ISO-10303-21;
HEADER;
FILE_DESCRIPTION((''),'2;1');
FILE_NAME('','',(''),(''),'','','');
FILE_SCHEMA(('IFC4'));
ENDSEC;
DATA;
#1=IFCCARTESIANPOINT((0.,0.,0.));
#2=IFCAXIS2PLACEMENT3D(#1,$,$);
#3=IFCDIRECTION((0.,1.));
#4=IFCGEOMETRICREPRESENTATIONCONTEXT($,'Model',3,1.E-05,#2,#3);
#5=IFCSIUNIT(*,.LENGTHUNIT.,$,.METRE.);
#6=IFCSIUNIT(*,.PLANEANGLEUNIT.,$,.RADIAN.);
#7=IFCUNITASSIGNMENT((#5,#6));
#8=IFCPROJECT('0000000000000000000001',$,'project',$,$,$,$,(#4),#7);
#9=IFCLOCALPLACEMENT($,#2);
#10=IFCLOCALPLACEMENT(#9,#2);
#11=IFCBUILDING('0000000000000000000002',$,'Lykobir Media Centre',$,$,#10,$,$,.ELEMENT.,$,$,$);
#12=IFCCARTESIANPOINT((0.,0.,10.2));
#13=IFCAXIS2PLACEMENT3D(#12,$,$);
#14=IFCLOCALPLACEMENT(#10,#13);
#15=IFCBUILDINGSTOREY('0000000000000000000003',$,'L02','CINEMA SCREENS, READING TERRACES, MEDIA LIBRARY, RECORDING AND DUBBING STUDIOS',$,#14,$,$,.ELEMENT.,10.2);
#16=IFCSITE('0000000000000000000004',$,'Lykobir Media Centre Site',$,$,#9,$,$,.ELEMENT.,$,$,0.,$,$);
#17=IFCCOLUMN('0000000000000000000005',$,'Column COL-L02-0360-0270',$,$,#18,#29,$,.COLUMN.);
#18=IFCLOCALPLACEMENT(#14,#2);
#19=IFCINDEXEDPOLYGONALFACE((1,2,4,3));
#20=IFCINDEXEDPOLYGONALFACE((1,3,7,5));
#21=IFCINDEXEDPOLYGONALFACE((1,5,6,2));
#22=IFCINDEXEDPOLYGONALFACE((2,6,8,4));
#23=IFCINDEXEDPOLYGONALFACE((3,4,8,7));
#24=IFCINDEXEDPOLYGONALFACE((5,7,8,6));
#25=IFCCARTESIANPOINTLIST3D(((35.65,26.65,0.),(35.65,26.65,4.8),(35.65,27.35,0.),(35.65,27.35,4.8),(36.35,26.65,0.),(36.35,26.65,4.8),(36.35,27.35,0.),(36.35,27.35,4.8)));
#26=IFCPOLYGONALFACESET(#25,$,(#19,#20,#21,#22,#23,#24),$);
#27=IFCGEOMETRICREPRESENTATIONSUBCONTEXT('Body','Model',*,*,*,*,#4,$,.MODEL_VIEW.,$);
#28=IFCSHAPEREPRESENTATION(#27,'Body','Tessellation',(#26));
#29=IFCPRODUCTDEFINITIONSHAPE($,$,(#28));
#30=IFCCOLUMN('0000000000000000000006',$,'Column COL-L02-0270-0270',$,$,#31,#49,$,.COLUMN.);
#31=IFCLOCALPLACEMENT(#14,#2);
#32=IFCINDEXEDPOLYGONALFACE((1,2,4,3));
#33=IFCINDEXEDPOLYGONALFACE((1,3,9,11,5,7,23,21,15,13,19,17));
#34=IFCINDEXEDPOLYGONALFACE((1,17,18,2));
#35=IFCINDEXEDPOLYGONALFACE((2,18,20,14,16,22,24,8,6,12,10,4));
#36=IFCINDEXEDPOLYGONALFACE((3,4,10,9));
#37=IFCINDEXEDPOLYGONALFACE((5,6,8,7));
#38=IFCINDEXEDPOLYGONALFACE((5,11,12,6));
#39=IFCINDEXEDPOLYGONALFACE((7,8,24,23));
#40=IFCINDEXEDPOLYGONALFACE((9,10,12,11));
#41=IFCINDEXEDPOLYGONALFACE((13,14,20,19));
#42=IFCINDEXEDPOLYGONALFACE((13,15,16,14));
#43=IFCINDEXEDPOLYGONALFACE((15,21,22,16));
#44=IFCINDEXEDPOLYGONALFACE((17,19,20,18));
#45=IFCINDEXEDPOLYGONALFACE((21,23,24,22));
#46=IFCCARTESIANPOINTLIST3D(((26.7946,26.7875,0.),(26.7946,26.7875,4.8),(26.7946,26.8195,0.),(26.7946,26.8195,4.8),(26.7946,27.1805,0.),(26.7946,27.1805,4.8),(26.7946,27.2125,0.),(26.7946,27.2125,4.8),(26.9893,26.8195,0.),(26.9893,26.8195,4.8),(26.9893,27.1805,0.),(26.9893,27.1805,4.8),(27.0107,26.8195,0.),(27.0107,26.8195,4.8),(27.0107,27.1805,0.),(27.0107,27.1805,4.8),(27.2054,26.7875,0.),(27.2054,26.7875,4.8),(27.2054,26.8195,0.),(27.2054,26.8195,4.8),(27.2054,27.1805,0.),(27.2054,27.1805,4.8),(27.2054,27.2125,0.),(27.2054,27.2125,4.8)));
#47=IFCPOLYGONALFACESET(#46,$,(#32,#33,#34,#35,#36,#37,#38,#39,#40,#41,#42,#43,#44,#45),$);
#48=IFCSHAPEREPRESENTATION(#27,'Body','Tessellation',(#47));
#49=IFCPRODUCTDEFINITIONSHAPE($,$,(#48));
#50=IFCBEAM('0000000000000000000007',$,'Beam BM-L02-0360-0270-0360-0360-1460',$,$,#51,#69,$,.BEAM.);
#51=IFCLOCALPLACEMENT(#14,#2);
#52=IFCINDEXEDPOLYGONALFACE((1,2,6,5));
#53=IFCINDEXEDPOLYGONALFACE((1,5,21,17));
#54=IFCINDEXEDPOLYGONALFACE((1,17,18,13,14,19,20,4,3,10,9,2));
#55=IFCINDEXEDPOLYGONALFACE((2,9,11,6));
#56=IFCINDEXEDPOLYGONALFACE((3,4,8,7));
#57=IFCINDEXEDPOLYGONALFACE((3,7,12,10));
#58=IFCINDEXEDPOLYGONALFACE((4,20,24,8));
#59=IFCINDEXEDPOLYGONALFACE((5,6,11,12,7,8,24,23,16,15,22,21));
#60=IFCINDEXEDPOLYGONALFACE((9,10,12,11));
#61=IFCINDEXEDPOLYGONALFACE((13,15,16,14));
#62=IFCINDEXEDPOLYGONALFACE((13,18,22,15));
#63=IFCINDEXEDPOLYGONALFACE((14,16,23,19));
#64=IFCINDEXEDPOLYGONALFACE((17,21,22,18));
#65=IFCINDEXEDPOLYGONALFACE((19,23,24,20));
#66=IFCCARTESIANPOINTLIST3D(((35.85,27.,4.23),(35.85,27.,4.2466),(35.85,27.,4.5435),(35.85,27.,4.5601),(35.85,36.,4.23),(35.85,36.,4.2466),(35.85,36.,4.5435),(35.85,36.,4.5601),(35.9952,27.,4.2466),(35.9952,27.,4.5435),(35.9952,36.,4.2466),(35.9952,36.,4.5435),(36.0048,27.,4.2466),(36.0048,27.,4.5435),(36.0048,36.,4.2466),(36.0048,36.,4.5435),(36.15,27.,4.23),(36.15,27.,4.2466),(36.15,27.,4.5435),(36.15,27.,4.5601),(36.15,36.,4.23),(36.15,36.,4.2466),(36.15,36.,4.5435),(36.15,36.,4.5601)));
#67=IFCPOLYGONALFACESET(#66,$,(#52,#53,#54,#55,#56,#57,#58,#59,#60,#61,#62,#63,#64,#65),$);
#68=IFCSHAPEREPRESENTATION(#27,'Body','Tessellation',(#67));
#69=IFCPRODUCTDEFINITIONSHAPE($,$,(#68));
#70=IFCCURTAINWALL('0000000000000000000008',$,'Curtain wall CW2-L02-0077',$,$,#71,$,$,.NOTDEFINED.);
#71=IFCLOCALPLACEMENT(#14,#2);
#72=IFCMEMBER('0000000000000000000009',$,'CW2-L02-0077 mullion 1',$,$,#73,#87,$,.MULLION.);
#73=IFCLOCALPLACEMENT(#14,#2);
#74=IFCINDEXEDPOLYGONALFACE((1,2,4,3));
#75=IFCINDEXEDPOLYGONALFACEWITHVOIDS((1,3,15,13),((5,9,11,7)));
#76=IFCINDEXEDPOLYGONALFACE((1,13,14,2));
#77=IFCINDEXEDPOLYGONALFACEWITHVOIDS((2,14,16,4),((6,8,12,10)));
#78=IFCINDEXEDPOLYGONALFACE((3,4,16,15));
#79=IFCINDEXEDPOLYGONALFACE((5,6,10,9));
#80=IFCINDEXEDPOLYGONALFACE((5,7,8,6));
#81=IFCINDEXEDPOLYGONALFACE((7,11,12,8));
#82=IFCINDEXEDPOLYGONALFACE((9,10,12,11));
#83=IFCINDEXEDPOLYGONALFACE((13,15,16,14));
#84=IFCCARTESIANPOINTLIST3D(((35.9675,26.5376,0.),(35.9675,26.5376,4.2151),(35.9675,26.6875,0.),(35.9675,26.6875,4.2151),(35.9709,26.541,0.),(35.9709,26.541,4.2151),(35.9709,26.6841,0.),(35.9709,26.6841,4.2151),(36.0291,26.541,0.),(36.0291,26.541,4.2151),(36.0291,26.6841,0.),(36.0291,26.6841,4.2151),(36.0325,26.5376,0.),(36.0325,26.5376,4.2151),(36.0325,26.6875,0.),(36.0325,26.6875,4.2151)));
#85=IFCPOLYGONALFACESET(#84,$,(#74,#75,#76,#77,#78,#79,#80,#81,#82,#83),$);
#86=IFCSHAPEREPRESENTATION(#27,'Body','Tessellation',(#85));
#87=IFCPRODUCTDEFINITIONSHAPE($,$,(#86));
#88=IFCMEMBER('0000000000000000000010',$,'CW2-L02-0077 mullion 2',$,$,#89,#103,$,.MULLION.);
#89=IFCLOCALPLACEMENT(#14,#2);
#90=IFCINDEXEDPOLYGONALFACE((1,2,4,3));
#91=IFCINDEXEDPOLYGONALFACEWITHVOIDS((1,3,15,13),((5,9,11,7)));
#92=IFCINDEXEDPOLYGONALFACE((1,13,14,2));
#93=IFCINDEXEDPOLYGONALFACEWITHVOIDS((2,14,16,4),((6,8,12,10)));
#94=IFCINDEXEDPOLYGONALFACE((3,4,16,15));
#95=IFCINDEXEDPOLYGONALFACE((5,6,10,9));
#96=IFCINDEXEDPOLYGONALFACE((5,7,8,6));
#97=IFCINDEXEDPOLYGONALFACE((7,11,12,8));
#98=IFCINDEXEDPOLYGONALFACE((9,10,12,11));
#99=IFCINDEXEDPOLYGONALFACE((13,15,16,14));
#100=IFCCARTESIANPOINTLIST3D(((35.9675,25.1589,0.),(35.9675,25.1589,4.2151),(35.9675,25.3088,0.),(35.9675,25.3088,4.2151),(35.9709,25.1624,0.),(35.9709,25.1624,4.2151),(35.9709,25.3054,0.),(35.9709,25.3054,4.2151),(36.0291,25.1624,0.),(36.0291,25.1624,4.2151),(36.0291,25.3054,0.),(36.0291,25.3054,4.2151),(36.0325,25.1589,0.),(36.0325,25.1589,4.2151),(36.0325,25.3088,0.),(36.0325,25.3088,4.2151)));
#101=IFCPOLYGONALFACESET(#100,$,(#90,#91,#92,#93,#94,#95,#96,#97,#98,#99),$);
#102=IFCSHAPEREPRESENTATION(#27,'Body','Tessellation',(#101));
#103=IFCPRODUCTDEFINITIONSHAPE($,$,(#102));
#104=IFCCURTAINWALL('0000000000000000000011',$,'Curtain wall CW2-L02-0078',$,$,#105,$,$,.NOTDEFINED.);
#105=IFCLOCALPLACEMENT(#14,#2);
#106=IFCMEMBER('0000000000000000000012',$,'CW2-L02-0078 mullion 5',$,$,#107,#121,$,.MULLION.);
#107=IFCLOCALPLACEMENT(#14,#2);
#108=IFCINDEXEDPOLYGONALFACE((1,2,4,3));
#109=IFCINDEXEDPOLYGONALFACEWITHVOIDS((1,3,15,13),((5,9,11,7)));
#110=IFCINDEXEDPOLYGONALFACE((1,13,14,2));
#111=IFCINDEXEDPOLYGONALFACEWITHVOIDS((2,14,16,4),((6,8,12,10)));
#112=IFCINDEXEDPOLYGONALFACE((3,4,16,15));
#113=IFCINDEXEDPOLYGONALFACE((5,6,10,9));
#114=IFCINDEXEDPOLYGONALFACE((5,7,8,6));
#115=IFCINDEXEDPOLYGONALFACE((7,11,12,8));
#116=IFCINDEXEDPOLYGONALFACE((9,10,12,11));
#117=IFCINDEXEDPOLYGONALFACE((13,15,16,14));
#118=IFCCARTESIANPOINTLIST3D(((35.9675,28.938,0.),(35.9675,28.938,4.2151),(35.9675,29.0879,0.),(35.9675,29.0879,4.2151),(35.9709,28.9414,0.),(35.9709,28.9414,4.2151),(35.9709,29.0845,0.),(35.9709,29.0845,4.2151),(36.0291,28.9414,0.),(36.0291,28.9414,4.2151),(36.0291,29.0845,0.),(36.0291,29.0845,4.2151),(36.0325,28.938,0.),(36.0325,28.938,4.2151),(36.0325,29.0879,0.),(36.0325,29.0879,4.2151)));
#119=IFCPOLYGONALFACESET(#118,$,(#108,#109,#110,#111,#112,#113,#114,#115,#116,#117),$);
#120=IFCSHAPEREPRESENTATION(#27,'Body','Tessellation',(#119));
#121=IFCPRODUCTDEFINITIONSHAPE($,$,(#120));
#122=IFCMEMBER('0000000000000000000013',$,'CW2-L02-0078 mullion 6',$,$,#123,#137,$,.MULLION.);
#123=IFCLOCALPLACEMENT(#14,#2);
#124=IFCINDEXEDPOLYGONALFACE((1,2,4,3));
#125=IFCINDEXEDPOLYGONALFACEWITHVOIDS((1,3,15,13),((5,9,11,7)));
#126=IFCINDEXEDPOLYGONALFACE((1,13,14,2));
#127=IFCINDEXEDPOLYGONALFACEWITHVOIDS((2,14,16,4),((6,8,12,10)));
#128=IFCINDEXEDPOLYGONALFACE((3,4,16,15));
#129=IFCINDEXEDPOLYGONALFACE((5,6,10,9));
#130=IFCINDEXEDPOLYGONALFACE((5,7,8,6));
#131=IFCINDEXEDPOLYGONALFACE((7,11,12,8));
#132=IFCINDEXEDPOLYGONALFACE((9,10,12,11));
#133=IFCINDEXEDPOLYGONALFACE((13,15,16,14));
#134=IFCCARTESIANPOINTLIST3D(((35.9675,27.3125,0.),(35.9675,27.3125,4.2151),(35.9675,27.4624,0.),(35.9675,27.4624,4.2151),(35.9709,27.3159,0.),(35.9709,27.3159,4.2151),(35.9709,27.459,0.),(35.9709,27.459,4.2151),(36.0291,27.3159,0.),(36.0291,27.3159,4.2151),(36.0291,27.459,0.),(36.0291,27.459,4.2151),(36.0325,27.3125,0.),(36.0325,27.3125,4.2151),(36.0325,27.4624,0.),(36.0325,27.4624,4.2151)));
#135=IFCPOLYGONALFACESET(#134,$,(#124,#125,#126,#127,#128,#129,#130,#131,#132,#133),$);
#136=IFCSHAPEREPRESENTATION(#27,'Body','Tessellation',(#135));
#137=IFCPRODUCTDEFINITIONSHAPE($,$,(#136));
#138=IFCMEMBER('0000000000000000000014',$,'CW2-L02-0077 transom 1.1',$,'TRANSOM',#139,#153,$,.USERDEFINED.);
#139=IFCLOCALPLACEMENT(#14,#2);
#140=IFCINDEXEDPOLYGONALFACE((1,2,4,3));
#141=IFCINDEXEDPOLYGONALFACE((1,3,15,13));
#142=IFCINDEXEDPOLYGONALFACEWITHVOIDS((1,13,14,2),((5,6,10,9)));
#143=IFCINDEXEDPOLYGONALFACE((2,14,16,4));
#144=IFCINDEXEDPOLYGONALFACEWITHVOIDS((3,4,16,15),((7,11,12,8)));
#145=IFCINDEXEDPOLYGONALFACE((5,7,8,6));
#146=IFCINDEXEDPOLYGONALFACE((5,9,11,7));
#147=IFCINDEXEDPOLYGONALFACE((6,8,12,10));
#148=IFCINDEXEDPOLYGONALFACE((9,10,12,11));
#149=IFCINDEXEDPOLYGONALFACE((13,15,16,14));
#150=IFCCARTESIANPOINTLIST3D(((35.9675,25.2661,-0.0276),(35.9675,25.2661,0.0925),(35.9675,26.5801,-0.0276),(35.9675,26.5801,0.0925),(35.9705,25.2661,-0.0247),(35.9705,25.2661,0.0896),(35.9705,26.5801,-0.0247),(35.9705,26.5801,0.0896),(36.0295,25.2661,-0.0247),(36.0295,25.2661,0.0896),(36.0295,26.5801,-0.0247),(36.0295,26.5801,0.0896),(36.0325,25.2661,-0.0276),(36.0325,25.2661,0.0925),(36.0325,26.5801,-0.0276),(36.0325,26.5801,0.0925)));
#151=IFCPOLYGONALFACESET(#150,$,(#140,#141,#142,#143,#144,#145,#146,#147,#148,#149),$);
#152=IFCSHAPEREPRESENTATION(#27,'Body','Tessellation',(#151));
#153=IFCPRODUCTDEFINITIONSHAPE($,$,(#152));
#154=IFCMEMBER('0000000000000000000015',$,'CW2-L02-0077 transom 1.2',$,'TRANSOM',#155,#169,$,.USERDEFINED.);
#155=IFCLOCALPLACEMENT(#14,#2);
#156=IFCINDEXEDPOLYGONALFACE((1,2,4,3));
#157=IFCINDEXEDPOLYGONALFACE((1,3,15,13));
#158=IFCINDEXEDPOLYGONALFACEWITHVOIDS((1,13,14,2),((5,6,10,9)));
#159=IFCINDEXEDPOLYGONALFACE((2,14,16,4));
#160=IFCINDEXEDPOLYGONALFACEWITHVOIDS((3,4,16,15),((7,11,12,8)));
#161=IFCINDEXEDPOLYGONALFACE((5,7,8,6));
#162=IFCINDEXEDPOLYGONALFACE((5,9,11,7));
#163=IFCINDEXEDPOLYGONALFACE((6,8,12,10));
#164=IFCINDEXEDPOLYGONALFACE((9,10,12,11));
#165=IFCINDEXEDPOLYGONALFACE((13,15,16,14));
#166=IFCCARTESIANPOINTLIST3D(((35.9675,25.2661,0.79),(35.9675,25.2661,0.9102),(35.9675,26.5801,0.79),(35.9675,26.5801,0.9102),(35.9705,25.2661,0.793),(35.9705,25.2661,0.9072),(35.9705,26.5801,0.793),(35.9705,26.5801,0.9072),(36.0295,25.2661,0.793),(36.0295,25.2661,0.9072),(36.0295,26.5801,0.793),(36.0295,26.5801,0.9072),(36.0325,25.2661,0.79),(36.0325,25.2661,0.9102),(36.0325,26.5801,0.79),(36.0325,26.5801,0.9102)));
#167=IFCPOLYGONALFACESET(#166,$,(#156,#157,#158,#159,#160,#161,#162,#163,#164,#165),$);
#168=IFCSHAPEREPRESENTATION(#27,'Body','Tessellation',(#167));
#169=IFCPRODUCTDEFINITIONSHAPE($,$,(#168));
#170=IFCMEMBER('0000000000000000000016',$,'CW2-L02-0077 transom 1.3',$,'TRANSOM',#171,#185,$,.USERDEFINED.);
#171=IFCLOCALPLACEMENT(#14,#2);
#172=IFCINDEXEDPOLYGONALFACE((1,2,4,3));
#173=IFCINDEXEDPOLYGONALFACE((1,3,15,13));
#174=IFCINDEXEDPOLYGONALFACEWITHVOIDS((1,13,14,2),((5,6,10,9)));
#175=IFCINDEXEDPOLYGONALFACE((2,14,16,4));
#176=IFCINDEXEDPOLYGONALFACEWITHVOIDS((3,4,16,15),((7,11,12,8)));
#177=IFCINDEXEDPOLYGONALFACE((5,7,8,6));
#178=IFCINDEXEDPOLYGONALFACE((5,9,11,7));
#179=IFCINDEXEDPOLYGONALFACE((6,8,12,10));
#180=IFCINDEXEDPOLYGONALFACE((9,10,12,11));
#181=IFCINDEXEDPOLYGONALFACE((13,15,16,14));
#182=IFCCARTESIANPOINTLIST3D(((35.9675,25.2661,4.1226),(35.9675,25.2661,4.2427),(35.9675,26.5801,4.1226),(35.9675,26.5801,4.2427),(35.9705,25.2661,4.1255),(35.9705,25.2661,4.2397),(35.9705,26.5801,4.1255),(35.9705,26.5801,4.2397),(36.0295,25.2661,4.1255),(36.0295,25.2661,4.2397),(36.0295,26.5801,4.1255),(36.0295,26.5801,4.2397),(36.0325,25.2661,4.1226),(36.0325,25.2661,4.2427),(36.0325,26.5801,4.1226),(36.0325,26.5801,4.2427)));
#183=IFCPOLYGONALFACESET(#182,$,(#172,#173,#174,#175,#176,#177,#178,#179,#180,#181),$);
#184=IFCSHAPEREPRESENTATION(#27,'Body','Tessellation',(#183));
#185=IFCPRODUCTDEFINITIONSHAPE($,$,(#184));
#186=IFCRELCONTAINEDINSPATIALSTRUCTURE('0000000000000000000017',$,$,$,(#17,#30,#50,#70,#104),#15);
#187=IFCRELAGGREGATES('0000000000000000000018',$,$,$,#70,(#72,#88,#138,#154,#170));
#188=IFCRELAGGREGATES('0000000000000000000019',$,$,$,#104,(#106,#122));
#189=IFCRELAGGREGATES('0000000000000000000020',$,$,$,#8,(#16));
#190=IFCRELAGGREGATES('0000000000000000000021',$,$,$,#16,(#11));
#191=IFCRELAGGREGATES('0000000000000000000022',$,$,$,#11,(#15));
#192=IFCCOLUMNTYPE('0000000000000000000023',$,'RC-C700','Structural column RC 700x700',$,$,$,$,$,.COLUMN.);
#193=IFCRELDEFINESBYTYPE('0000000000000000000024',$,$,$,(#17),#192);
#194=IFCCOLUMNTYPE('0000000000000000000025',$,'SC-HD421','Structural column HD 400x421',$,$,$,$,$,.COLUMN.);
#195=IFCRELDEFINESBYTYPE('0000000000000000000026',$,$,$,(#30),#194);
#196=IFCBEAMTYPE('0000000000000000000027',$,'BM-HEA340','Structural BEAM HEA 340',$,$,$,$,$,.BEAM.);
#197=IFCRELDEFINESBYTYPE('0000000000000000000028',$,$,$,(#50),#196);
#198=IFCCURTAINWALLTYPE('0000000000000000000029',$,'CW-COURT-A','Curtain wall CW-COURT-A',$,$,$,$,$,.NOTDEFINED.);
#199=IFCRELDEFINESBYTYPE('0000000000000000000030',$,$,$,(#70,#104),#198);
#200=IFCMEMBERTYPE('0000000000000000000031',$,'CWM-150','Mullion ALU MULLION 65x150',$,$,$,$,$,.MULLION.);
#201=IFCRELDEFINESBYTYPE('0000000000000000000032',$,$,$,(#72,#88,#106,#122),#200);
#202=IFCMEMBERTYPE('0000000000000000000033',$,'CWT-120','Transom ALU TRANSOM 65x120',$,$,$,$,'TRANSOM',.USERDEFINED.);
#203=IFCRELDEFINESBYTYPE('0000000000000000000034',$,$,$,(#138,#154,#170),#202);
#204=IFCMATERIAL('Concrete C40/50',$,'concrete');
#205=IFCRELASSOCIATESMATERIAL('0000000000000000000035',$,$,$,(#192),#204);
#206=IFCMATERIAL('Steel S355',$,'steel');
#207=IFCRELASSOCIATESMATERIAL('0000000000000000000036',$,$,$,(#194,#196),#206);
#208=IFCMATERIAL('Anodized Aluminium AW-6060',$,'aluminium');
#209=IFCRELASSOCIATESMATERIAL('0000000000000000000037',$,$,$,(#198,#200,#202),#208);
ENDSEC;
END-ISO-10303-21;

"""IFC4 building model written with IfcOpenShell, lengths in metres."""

from ifc_helpers import new_model, si_unit, direction, frame, origin, origin_2d, place, context, subcontext, project, spatial, rectangle, hollow_rectangle, i_section, extrude, material, material_profile, profile_set, type_object, element, aggregate, save


model = new_model("IFC4")

# Units and contexts
model_context = context("Model", 3, precision=1e-05, world=origin(), true_north=direction((0.0, 1.0)))
body_context = subcontext(model_context, "Body", "Model", "MODEL_VIEW")
ifc_project = project(units=[si_unit("LENGTHUNIT", "METRE"), si_unit("PLANEANGLEUNIT", "RADIAN")], contexts=[model_context])

# Site, building, storey
site_placement = place(None, origin())
site = spatial("IfcSite", under=ifc_project, at=site_placement, Name="Lykobir Media Centre Site", CompositionType="ELEMENT", RefElevation=0.0)
building_placement = place(site_placement, origin())
building = spatial("IfcBuilding", under=site, at=building_placement, Name="Lykobir Media Centre", CompositionType="ELEMENT")
storey_placement = place(building_placement, frame((0.0, 0.0, 10.2)))
storey = spatial("IfcBuildingStorey", under=building, at=storey_placement, Name="L02", Description="CINEMA SCREENS, READING TERRACES, MEDIA LIBRARY, RECORDING AND DUBBING STUDIOS", CompositionType="ELEMENT", Elevation=10.2)

# Columns
ifc_material_1 = material(Name="Concrete C40/50", Category="concrete")
ifc_material_profile_1 = material_profile(ifc_material_1, rectangle(XDim=0.7, YDim=0.7, at=origin_2d()), Name="RC 700x700")
ifc_profile_set_1 = profile_set([ifc_material_profile_1], Name="Concrete C40/50")
column_type_1 = type_object("IfcColumnType", Name="RC-C700", Description="Structural column RC 700x700", PredefinedType="COLUMN", material=ifc_profile_set_1)
column_1_placement = place(storey_placement, frame((36.0, 27.0, 0.0), z_axis=(0.0, 0.0, 1.0), x_axis=(1.0, 0.0, 0.0)))
element("IfcColumn", 1, at=column_1_placement, inside=storey, type_object=column_type_1, Name="Column COL-L02-0360-0270", PredefinedType="COLUMN", context=body_context, shape_type="SweptSolid", body=[
    extrude(rectangle(XDim=0.7, YDim=0.7, at=origin_2d()), origin(), (0.0, 0.0, 1.0), 4.8),
])
ifc_material_2 = material(Name="Steel S355", Category="steel")
ifc_material_profile_2 = material_profile(ifc_material_2, i_section(OverallWidth=0.4109, OverallDepth=0.425, WebThickness=0.0215, FlangeThickness=0.032, at=origin_2d()), Name="HD 400x421")
ifc_profile_set_2 = profile_set([ifc_material_profile_2], Name="Steel S355")
column_type_2 = type_object("IfcColumnType", Name="SC-HD421", Description="Structural column HD 400x421", PredefinedType="COLUMN", material=ifc_profile_set_2)
column_2_placement = place(storey_placement, frame((27.0, 27.0, 0.0), z_axis=(0.0, 0.0, 1.0), x_axis=(1.0, 0.0, 0.0)))
element("IfcColumn", 2, at=column_2_placement, inside=storey, type_object=column_type_2, Name="Column COL-L02-0270-0270", PredefinedType="COLUMN", context=body_context, shape_type="SweptSolid", body=[
    extrude(i_section(OverallWidth=0.4109, OverallDepth=0.425, WebThickness=0.0215, FlangeThickness=0.032, at=origin_2d()), origin(), (0.0, 0.0, 1.0), 4.8),
])

# Beam
ifc_material_profile_3 = material_profile(ifc_material_2, i_section(OverallWidth=0.3, OverallDepth=0.3301, WebThickness=0.0095, FlangeThickness=0.0166, at=origin_2d()), Name="HEA 340")
ifc_profile_set_3 = profile_set([ifc_material_profile_3], Name="Steel S355")
beam_type_1 = type_object("IfcBeamType", Name="BM-HEA340", Description="Structural BEAM HEA 340", PredefinedType="BEAM", material=ifc_profile_set_3)
beam_placement = place(storey_placement, frame((36.0, 27.0, 4.395), z_axis=(0.0, 1.0, 0.0), x_axis=(-1.0, 0.0, 0.0)))
element("IfcBeam", 3, at=beam_placement, inside=storey, type_object=beam_type_1, Name="Beam BM-L02-0360-0270-0360-0360-1460", PredefinedType="BEAM", context=body_context, shape_type="SweptSolid", body=[
    extrude(i_section(OverallWidth=0.3, OverallDepth=0.3301, WebThickness=0.0095, FlangeThickness=0.0166, at=origin_2d()), origin(), (0.0, 0.0, 1.0), 9.0),
])

# Curtain walls, members
ifc_material_3 = material(Name="Anodized Aluminium AW-6060", Category="aluminium")
curtain_wall_type = type_object("IfcCurtainWallType", Name="CW-COURT-A", Description="Curtain wall CW-COURT-A", PredefinedType="NOTDEFINED", material=ifc_material_3)
curtain_wall_1_placement = place(storey_placement, origin())
curtain_wall_1 = element("IfcCurtainWall", 4, at=curtain_wall_1_placement, inside=storey, type_object=curtain_wall_type, Name="Curtain wall CW2-L02-0077", PredefinedType="NOTDEFINED")
ifc_material_profile_4 = material_profile(ifc_material_3, hollow_rectangle(XDim=0.0649, YDim=0.1499, WallThickness=0.0034, at=origin_2d()), Name="ALU MULLION 65x150")
ifc_profile_set_4 = profile_set([ifc_material_profile_4], Name="Anodized Aluminium AW-6060")
member_type_1 = type_object("IfcMemberType", Name="CWM-150", Description="Mullion ALU MULLION 65x150", PredefinedType="MULLION", material=ifc_profile_set_4)
member_1_placement = place(storey_placement, frame((36.0, 26.6125, 0.0), z_axis=(0.0, 0.0, 1.0), x_axis=(1.0, 0.0, 0.0)))
member_1 = element("IfcMember", 5, at=member_1_placement, type_object=member_type_1, Name="CW2-L02-0077 mullion 1", PredefinedType="MULLION", context=body_context, shape_type="SweptSolid", body=[
    extrude(hollow_rectangle(XDim=0.0649, YDim=0.1499, WallThickness=0.0034, at=origin_2d()), origin(), (0.0, 0.0, 1.0), 4.2151),
])
member_2_placement = place(storey_placement, frame((36.0, 25.2339, 0.0), z_axis=(0.0, 0.0, 1.0), x_axis=(1.0, 0.0, 0.0)))
member_2 = element("IfcMember", 6, at=member_2_placement, type_object=member_type_1, Name="CW2-L02-0077 mullion 2", PredefinedType="MULLION", context=body_context, shape_type="SweptSolid", body=[
    extrude(hollow_rectangle(XDim=0.0649, YDim=0.1499, WallThickness=0.0034, at=origin_2d()), origin(), (0.0, 0.0, 1.0), 4.2151),
])
curtain_wall_2_placement = place(storey_placement, origin())
curtain_wall_2 = element("IfcCurtainWall", 7, at=curtain_wall_2_placement, inside=storey, type_object=curtain_wall_type, Name="Curtain wall CW2-L02-0078", PredefinedType="NOTDEFINED")
member_3_placement = place(storey_placement, frame((36.0, 29.0129, 0.0), z_axis=(0.0, 0.0, 1.0), x_axis=(1.0, 0.0, 0.0)))
member_3 = element("IfcMember", 8, at=member_3_placement, type_object=member_type_1, Name="CW2-L02-0078 mullion 5", PredefinedType="MULLION", context=body_context, shape_type="SweptSolid", body=[
    extrude(hollow_rectangle(XDim=0.0649, YDim=0.1499, WallThickness=0.0034, at=origin_2d()), origin(), (0.0, 0.0, 1.0), 4.2151),
])
member_4_placement = place(storey_placement, frame((36.0, 27.3875, 0.0), z_axis=(0.0, 0.0, 1.0), x_axis=(1.0, 0.0, 0.0)))
member_4 = element("IfcMember", 9, at=member_4_placement, type_object=member_type_1, Name="CW2-L02-0078 mullion 6", PredefinedType="MULLION", context=body_context, shape_type="SweptSolid", body=[
    extrude(hollow_rectangle(XDim=0.0649, YDim=0.1499, WallThickness=0.0034, at=origin_2d()), origin(), (0.0, 0.0, 1.0), 4.2151),
])

# Members
ifc_material_profile_5 = material_profile(ifc_material_3, hollow_rectangle(XDim=0.0649, YDim=0.1201, WallThickness=0.0029, at=origin_2d()), Name="ALU TRANSOM 65x120")
ifc_profile_set_5 = profile_set([ifc_material_profile_5], Name="Anodized Aluminium AW-6060")
member_type_2 = type_object("IfcMemberType", Name="CWT-120", Description="Transom ALU TRANSOM 65x120", ElementType="TRANSOM", PredefinedType="USERDEFINED", material=ifc_profile_set_5)
member_5_placement = place(storey_placement, frame((36.0, 26.5801, 0.0325), z_axis=(0.0, -1.0, 0.0), x_axis=(1.0, 0.0, 0.0)))
member_5 = element("IfcMember", 10, at=member_5_placement, type_object=member_type_2, Name="CW2-L02-0077 transom 1.1", ObjectType="TRANSOM", PredefinedType="USERDEFINED", context=body_context, shape_type="SweptSolid", body=[
    extrude(hollow_rectangle(XDim=0.0649, YDim=0.1201, WallThickness=0.0029, at=origin_2d()), origin(), (0.0, 0.0, 1.0), 1.314),
])
member_6_placement = place(storey_placement, frame((36.0, 26.5801, 0.8501), z_axis=(0.0, -1.0, 0.0), x_axis=(1.0, 0.0, 0.0)))
member_6 = element("IfcMember", 11, at=member_6_placement, type_object=member_type_2, Name="CW2-L02-0077 transom 1.2", ObjectType="TRANSOM", PredefinedType="USERDEFINED", context=body_context, shape_type="SweptSolid", body=[
    extrude(hollow_rectangle(XDim=0.0649, YDim=0.1201, WallThickness=0.0029, at=origin_2d()), origin(), (0.0, 0.0, 1.0), 1.314),
])
member_7_placement = place(storey_placement, frame((36.0, 26.5801, 4.1826), z_axis=(0.0, -1.0, 0.0), x_axis=(1.0, 0.0, 0.0)))
member_7 = element("IfcMember", 12, at=member_7_placement, type_object=member_type_2, Name="CW2-L02-0077 transom 1.3", ObjectType="TRANSOM", PredefinedType="USERDEFINED", context=body_context, shape_type="SweptSolid", body=[
    extrude(hollow_rectangle(XDim=0.0649, YDim=0.1201, WallThickness=0.0029, at=origin_2d()), origin(), (0.0, 0.0, 1.0), 1.314),
])

aggregate(curtain_wall_1, [member_1, member_2, member_5, member_6, member_7])
aggregate(curtain_wall_2, [member_3, member_4])

save(model, "model.ifc")
